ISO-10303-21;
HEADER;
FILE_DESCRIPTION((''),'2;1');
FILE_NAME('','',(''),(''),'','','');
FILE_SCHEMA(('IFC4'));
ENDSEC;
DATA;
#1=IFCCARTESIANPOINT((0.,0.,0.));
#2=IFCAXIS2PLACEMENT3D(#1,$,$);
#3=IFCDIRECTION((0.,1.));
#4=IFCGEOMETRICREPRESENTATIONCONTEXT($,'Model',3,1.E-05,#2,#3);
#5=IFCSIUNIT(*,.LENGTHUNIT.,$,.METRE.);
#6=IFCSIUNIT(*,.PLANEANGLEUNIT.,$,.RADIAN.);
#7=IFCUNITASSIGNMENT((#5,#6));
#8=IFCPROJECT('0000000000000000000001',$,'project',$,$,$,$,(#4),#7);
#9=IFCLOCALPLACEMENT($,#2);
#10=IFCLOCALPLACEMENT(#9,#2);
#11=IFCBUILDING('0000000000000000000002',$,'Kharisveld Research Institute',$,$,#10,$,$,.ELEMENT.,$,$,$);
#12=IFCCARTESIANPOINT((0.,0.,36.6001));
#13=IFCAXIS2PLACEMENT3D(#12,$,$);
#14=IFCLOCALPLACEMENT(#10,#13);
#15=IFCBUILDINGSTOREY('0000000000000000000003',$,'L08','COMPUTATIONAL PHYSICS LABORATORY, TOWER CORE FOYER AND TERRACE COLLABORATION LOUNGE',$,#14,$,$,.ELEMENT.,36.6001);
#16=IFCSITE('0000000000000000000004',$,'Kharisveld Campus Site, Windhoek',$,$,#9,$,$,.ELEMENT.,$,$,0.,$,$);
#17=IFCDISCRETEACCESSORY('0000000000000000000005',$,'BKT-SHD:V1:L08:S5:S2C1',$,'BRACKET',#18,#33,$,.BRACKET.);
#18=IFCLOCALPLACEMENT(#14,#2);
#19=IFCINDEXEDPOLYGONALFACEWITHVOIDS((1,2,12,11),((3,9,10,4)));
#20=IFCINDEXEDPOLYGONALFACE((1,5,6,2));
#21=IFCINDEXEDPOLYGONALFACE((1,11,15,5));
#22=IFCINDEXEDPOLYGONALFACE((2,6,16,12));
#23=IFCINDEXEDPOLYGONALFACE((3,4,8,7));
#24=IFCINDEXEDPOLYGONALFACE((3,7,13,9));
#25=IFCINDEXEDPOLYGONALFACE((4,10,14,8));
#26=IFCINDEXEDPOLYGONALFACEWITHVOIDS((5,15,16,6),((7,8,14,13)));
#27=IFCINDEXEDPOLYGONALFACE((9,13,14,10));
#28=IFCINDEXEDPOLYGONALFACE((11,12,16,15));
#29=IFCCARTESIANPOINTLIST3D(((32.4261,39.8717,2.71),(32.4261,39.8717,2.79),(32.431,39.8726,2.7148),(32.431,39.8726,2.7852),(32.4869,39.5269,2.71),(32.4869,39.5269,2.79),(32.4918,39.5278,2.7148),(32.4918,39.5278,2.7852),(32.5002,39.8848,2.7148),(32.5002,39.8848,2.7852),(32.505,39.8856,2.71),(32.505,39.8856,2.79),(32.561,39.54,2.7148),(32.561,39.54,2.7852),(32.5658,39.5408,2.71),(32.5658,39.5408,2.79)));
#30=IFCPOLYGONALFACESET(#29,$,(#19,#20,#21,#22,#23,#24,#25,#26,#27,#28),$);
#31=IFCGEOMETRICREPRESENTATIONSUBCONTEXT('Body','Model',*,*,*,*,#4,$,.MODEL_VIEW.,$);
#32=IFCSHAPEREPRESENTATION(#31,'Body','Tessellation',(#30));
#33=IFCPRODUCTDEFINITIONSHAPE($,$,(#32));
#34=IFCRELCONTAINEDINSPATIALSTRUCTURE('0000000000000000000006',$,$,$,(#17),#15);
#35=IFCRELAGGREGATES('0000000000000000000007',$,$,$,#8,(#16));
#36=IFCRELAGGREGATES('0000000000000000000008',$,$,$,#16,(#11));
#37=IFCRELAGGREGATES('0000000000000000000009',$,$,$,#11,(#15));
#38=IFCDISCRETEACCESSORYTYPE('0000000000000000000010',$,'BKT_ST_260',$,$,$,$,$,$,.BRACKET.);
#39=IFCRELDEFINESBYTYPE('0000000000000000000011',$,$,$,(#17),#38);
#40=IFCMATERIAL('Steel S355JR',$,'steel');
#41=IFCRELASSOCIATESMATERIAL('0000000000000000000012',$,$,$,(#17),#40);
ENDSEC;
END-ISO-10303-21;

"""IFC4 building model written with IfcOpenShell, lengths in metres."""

from ifc_helpers import new_model, si_unit, direction, frame, origin, origin_2d, place, context, subcontext, project, spatial, hollow_rectangle, extrude, material, type_object, element, save


model = new_model("IFC4")

# Units and contexts
model_context = context("Model", 3, precision=1e-05, world=origin(), true_north=direction((0.0, 1.0)))
body_context = subcontext(model_context, "Body", "Model", "MODEL_VIEW")
ifc_project = project(units=[si_unit("LENGTHUNIT", "METRE"), si_unit("PLANEANGLEUNIT", "RADIAN")], contexts=[model_context])

# Site, building, storey
site_placement = place(None, origin())
site = spatial("IfcSite", under=ifc_project, at=site_placement, Name="Kharisveld Campus Site, Windhoek", CompositionType="ELEMENT", RefElevation=0.0)
building_placement = place(site_placement, origin())
building = spatial("IfcBuilding", under=site, at=building_placement, Name="Kharisveld Research Institute", CompositionType="ELEMENT")
storey_placement = place(building_placement, frame((0.0, 0.0, 36.6001)))
storey = spatial("IfcBuildingStorey", under=building, at=storey_placement, Name="L08", Description="COMPUTATIONAL PHYSICS LABORATORY, TOWER CORE FOYER AND TERRACE COLLABORATION LOUNGE", CompositionType="ELEMENT", Elevation=36.6001)

# Discrete accessory
ifc_material_1 = material(Name="Steel S355JR", Category="steel")
discrete_accessory_type = type_object("IfcDiscreteAccessoryType", Name="BKT_ST_260", PredefinedType="BRACKET")
discrete_accessory_placement = place(storey_placement, frame((32.4656, 39.8787, 2.75), z_axis=(0.173666, -0.984805, 0.0), x_axis=(0.984805, 0.173666, 0.0)))
element("IfcDiscreteAccessory", 1, at=discrete_accessory_placement, inside=storey, type_object=discrete_accessory_type, material=ifc_material_1, Name="BKT-SHD:V1:L08:S5:S2C1", ObjectType="BRACKET", PredefinedType="BRACKET", context=body_context, shape_type="SweptSolid", body=[
    extrude(hollow_rectangle(XDim=0.0801, YDim=0.0801, WallThickness=0.0049, at=origin_2d()), origin(), (0.0, 0.0, 1.0), 0.3501),
])

save(model, "model.ifc")
